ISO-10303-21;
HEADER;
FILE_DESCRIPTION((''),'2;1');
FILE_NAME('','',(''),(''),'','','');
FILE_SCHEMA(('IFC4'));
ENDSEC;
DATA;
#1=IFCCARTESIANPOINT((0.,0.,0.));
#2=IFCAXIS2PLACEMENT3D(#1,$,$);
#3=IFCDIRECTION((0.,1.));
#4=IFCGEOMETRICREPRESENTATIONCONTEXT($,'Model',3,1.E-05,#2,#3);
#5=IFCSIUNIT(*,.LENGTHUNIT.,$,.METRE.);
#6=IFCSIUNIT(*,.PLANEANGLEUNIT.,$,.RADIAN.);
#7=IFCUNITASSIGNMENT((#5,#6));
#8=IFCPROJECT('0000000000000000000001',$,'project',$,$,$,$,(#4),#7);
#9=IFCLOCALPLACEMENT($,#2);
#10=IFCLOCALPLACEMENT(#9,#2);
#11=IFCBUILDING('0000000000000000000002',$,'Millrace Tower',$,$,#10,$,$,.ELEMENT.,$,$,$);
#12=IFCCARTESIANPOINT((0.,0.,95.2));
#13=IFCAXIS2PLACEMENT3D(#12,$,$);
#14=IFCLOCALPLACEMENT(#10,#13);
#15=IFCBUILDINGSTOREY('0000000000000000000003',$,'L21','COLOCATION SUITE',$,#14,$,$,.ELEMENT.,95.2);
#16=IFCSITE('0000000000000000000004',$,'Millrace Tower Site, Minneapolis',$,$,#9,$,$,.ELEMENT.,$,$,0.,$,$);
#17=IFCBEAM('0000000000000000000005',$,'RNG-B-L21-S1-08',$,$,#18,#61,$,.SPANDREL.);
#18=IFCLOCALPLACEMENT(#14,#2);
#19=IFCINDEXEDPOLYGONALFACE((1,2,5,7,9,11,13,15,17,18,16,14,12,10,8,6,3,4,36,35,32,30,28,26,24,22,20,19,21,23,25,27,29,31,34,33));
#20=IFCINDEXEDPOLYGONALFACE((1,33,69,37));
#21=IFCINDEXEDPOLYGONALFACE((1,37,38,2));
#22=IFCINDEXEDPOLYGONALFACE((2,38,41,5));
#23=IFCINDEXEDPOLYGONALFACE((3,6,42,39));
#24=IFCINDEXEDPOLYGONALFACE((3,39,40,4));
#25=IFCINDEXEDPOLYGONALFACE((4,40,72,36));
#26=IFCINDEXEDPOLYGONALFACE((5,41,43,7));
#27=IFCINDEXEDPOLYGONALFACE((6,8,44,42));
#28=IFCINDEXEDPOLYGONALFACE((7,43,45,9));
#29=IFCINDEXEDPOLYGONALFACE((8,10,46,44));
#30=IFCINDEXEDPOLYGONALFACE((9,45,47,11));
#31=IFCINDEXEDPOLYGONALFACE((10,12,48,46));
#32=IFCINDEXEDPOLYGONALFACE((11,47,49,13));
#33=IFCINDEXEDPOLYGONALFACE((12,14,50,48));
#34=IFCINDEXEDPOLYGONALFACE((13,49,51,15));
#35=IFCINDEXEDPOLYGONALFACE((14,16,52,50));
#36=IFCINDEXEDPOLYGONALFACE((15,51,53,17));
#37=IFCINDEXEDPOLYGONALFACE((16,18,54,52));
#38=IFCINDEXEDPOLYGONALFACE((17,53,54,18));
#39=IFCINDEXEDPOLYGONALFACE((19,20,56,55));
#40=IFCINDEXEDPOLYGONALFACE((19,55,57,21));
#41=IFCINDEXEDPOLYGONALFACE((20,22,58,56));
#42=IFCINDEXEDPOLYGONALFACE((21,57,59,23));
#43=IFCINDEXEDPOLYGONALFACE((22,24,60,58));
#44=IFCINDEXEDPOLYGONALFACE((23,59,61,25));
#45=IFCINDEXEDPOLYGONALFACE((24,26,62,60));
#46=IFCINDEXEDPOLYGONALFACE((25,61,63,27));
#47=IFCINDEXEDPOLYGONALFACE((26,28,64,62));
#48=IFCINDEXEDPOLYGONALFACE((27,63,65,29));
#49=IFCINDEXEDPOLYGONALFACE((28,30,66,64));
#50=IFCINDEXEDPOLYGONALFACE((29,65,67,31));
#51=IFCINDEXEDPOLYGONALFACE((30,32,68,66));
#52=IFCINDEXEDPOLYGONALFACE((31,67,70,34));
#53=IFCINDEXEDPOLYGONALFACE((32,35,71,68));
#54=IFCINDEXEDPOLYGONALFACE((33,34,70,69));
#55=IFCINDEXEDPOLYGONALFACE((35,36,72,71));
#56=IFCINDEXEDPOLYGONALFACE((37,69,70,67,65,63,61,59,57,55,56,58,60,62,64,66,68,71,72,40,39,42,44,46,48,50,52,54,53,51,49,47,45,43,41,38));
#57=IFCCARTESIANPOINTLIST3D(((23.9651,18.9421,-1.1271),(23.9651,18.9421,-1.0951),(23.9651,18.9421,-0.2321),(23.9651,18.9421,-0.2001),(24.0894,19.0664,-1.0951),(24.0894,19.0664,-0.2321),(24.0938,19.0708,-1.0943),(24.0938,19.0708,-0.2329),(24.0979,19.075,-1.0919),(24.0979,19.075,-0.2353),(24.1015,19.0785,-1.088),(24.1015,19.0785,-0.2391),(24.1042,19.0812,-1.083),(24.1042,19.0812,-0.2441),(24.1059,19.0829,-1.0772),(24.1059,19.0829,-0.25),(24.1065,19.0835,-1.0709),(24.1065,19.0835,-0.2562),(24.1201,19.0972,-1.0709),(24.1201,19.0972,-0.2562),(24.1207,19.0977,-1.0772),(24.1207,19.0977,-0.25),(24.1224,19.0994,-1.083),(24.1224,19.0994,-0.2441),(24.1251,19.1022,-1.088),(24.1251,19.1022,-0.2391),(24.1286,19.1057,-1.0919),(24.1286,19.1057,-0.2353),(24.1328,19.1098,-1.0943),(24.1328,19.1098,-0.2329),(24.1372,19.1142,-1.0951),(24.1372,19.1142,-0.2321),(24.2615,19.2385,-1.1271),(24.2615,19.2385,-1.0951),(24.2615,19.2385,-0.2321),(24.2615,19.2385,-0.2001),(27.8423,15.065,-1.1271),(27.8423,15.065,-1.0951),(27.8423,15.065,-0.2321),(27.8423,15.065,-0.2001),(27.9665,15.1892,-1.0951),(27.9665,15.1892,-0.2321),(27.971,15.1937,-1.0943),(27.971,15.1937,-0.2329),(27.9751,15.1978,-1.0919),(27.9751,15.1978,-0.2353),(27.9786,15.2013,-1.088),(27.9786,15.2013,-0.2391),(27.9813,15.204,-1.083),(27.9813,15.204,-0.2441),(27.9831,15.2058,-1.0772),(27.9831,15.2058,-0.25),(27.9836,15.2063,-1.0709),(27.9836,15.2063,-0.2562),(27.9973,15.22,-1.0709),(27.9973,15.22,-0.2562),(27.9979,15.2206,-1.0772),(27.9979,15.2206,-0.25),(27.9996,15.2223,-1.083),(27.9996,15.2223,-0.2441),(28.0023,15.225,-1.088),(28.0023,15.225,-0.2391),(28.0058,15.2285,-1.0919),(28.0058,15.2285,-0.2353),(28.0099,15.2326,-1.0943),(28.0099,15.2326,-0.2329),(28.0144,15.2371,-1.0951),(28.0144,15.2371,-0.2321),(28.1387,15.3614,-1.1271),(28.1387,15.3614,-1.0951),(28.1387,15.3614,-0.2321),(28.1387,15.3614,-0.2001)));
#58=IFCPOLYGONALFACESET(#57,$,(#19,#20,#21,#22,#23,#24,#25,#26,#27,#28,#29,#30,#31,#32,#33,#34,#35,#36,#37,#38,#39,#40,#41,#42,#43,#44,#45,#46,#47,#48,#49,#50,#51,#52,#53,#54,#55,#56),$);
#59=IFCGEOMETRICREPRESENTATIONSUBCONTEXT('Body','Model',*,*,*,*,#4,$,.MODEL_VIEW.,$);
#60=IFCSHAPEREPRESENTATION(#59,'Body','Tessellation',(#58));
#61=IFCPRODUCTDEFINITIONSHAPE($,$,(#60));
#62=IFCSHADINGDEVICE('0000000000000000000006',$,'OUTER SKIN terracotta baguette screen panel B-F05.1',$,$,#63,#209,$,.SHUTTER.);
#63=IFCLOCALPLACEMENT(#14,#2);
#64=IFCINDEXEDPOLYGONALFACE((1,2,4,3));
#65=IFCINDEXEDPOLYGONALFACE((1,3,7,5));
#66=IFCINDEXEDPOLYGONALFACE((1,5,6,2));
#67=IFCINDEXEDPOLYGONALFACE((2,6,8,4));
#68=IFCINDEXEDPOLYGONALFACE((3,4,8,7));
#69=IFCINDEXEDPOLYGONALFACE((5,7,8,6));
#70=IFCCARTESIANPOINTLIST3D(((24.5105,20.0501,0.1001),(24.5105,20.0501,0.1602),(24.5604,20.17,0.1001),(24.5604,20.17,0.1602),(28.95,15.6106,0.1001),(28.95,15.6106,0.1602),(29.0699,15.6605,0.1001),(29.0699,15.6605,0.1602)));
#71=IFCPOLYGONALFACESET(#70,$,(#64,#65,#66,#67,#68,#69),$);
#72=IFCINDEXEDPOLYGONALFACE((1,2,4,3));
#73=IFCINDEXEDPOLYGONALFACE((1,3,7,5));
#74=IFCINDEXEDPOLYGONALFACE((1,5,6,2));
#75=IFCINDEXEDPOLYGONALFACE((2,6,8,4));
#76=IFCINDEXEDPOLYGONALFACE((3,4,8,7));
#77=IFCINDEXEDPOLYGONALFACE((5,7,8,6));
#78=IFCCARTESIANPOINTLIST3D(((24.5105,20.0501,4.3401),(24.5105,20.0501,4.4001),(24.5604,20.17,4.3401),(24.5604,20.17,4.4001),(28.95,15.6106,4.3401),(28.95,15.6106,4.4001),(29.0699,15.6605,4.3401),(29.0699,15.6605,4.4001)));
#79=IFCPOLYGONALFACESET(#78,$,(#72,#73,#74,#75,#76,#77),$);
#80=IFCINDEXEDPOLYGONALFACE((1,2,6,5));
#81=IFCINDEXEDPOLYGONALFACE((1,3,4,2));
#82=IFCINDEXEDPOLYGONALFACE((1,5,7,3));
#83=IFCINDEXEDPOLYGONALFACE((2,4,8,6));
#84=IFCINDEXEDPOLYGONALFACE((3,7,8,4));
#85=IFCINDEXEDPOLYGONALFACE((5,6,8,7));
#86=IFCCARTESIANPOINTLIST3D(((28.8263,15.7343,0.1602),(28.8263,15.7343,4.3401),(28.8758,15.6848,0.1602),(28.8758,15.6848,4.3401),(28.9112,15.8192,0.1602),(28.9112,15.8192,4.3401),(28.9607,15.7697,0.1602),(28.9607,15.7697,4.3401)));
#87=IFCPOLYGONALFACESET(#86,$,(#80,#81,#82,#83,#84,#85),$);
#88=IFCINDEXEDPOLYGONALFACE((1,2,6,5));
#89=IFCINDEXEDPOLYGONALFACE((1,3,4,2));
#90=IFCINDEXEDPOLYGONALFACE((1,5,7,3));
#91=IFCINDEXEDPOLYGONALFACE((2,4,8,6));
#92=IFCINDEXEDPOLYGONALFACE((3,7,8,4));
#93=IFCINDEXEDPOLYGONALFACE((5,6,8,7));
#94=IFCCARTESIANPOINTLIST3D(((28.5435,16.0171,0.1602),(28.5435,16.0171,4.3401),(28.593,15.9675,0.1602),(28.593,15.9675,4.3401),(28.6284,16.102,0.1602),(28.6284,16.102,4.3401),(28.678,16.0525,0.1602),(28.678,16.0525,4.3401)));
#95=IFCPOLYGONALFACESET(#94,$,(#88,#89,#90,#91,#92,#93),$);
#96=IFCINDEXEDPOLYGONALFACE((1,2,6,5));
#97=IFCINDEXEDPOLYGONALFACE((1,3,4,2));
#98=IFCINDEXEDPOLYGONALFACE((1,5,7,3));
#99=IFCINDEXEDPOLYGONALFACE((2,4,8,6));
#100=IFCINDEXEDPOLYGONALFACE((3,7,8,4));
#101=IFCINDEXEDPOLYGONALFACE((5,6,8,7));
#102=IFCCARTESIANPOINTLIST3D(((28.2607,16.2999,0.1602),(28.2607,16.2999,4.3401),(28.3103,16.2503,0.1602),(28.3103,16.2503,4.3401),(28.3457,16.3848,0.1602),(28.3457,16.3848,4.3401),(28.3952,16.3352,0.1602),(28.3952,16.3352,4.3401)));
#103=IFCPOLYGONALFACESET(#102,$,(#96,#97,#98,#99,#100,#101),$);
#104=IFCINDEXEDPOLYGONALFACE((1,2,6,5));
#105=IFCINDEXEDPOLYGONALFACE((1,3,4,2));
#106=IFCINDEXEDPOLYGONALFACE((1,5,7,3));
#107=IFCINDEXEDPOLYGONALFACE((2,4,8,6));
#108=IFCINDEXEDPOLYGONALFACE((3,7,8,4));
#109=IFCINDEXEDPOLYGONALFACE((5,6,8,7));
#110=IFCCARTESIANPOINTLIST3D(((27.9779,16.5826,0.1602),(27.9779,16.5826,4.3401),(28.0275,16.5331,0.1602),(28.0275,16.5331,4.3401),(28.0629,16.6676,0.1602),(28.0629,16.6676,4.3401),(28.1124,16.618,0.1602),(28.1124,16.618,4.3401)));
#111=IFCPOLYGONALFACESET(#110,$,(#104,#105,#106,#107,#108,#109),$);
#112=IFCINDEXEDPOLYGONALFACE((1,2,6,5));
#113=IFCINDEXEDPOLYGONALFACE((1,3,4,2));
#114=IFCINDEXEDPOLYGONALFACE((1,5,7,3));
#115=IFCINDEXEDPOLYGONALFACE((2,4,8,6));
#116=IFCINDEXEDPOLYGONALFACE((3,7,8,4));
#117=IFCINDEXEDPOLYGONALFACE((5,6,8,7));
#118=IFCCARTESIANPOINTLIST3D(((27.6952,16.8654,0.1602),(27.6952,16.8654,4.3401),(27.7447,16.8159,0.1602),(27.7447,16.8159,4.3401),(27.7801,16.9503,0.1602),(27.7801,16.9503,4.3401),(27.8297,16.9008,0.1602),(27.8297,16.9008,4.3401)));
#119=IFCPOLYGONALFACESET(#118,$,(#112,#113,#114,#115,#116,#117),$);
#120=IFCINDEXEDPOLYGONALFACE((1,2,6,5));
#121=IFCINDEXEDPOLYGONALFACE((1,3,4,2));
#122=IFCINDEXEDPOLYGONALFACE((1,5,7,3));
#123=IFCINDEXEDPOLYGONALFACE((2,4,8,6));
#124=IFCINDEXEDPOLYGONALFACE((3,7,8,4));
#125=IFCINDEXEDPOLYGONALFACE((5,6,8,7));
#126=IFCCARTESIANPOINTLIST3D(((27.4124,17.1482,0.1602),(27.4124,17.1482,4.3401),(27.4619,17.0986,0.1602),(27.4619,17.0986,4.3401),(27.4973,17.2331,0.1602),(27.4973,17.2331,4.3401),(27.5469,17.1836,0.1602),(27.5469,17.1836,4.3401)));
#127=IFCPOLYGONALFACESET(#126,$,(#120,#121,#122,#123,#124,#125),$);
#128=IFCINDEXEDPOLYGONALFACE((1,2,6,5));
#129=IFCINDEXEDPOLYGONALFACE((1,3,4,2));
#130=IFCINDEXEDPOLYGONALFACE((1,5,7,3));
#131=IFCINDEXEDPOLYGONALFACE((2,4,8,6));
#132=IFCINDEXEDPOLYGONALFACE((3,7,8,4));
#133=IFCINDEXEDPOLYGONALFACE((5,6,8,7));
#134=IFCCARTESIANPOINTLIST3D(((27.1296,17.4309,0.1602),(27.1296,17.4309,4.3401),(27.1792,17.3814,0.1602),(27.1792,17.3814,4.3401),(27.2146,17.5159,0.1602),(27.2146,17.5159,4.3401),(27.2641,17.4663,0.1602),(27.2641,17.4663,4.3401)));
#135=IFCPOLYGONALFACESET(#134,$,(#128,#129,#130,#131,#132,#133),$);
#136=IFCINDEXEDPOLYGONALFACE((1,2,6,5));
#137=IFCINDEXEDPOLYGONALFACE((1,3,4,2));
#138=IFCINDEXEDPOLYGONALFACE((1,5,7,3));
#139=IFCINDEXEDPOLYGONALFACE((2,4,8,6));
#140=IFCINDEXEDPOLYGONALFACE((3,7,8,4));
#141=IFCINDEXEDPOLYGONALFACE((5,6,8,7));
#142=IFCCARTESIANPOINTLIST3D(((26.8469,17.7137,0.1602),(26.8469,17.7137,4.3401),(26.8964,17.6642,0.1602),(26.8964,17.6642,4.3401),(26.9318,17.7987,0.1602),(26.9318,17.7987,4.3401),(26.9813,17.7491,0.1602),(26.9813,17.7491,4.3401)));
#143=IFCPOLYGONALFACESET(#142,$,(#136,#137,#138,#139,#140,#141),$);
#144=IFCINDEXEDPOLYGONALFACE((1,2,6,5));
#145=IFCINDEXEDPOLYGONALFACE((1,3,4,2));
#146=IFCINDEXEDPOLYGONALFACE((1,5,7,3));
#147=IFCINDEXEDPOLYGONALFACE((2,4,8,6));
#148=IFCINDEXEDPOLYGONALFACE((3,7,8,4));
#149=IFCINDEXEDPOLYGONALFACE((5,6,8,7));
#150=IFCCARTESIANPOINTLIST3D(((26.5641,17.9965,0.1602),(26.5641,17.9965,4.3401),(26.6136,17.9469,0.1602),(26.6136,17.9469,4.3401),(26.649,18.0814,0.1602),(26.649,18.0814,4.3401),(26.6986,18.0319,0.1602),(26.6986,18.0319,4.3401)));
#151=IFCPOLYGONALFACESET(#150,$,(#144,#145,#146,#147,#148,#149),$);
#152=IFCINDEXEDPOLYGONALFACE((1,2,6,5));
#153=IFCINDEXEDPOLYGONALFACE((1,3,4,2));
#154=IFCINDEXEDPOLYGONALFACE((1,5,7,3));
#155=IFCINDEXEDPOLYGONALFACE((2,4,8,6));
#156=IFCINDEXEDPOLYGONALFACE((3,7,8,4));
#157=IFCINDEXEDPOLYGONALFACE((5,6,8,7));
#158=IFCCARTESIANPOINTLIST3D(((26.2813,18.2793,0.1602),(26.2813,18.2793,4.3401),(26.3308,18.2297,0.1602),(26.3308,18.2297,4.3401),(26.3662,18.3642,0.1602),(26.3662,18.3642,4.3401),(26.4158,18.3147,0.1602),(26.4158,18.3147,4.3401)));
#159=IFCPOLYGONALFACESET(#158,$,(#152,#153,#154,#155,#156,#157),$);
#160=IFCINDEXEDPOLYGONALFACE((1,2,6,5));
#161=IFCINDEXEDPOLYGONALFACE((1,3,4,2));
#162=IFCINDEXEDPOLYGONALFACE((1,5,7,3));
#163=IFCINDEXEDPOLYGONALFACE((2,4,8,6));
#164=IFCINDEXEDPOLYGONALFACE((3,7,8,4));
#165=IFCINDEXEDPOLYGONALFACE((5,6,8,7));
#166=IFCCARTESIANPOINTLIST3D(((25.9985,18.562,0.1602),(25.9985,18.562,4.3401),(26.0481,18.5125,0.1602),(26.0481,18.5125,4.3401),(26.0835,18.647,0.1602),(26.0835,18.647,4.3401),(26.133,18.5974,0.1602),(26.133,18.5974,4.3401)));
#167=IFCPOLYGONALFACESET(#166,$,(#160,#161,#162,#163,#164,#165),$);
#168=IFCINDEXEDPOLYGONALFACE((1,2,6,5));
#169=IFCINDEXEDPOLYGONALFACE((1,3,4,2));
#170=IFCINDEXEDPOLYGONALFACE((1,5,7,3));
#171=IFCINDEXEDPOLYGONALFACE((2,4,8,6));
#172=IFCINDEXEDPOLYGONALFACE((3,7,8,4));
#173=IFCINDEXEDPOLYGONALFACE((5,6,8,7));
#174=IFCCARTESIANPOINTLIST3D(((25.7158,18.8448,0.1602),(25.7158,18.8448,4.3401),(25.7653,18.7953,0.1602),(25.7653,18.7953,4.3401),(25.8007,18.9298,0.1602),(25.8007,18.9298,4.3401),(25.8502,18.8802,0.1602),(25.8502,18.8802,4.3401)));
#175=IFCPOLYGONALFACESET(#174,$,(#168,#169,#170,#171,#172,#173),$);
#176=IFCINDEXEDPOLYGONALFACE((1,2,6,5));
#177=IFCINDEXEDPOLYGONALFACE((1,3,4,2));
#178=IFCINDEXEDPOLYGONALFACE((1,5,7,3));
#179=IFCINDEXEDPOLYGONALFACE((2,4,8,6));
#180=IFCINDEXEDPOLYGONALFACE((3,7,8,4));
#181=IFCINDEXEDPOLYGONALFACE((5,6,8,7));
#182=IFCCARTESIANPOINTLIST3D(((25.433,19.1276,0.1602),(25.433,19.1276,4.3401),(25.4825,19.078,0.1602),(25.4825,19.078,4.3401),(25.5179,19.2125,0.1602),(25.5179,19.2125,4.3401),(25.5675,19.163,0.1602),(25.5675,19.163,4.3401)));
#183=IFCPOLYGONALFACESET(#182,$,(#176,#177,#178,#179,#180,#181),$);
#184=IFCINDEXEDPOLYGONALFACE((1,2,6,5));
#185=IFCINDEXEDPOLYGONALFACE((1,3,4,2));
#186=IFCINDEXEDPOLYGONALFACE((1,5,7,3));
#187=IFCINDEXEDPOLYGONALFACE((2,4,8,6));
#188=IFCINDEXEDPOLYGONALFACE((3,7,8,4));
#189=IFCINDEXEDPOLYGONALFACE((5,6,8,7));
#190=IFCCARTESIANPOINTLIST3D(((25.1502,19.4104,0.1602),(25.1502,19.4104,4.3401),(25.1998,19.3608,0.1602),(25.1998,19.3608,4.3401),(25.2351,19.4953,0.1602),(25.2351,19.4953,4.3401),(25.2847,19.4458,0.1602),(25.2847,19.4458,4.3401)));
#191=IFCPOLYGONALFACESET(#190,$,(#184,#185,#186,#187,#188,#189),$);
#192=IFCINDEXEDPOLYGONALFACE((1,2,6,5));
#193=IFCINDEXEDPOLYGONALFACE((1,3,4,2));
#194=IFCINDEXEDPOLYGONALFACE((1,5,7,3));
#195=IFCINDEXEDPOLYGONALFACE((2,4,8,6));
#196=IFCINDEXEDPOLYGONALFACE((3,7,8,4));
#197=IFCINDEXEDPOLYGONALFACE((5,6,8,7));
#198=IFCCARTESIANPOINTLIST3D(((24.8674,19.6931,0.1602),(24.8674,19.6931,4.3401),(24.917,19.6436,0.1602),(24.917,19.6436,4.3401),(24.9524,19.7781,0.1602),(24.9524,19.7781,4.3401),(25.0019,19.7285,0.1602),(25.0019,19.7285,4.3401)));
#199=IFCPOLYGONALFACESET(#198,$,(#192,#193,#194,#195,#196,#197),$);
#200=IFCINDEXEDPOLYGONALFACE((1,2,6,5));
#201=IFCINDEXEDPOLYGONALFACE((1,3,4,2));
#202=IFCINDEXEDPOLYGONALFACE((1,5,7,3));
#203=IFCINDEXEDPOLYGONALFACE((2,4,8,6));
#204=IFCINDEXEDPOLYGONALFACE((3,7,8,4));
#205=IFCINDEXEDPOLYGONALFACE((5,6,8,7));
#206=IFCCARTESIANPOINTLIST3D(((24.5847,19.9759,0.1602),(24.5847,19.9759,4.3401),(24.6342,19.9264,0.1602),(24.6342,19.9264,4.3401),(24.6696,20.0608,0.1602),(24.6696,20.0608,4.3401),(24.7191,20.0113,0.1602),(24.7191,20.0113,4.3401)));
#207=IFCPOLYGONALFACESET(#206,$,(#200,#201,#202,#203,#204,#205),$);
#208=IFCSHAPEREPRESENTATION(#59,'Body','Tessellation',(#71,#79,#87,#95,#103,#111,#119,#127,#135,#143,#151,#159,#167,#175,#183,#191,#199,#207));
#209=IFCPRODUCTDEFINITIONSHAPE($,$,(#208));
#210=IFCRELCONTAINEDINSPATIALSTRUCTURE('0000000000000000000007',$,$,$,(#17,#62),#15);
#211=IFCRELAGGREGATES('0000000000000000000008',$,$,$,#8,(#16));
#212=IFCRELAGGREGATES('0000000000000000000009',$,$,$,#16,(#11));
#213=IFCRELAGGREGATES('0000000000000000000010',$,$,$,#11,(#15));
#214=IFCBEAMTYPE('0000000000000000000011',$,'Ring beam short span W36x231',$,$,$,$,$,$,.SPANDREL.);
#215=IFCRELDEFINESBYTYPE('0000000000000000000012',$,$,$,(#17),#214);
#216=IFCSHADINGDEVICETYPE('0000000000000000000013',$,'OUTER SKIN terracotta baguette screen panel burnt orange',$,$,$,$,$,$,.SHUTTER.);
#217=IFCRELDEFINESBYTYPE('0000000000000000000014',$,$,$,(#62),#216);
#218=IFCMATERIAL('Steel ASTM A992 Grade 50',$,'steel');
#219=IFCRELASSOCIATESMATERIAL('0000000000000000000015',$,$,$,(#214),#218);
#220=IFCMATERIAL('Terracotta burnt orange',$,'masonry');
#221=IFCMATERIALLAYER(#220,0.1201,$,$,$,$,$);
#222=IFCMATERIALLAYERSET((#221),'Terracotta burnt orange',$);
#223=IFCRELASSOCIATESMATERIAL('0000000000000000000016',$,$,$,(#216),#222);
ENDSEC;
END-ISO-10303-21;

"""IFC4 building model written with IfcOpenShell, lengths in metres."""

from ifc_helpers import new_model, entity, si_unit, direction, frame, frame_2d, origin, origin_2d, place, context, subcontext, project, spatial, rectangle, i_section, extrude, source, transform, mapped, material, layer, layer_set, material_profile, profile_set, type_object, element, save


model = new_model("IFC4")

# Units and contexts
model_context = context("Model", 3, precision=1e-05, world=origin(), true_north=direction((0.0, 1.0)))
body_context = subcontext(model_context, "Body", "Model", "MODEL_VIEW")
ifc_project = project(units=[si_unit("LENGTHUNIT", "METRE"), si_unit("PLANEANGLEUNIT", "RADIAN")], contexts=[model_context])

# Site, building, storey
site_placement = place(None, origin())
site = spatial("IfcSite", under=ifc_project, at=site_placement, Name="Millrace Tower Site, Minneapolis", CompositionType="ELEMENT", RefElevation=0.0)
building_placement = place(site_placement, origin())
building = spatial("IfcBuilding", under=site, at=building_placement, Name="Millrace Tower", CompositionType="ELEMENT")
storey_placement = place(building_placement, frame((0.0, 0.0, 95.2)))
storey = spatial("IfcBuildingStorey", under=building, at=storey_placement, Name="L21", Description="COLOCATION SUITE", CompositionType="ELEMENT", Elevation=95.2)

# Beam
ifc_material_1 = material(Name="Steel ASTM A992 Grade 50", Category="steel")
ifc_material_profile_1 = material_profile(ifc_material_1, i_section(OverallWidth=0.4192, OverallDepth=0.927, WebThickness=0.0193, FlangeThickness=0.032, FilletRadius=0.0242, at=origin_2d()))
ifc_profile_set_1 = profile_set([ifc_material_profile_1], Name="Steel ASTM A992 Grade 50")
beam_type_1 = type_object("IfcBeamType", Name="Ring beam short span W36x231", PredefinedType="SPANDREL", material=ifc_profile_set_1)
beam_1_placement = place(storey_placement, frame((24.1133, 19.0903, -0.6636), z_axis=(0.707107, -0.707107, 0.0), x_axis=(0.707107, 0.707107, 0.0)))
element("IfcBeam", 1, at=beam_1_placement, inside=storey, type_object=beam_type_1, Name="RNG-B-L21-S1-08", PredefinedType="SPANDREL", context=body_context, shape_type="SweptSolid", body=[
    extrude(i_section(OverallWidth=0.4192, OverallDepth=0.927, WebThickness=0.0193, FlangeThickness=0.032, FilletRadius=0.0242, at=origin_2d()), origin(), (0.0, 0.0, 1.0), 5.4832),
])

# Shading device
ifc_material_2 = material(Name="Terracotta burnt orange", Category="masonry")
ifc_layer_1 = layer(ifc_material_2, 0.1201)
ifc_layer_set_1 = layer_set([ifc_layer_1], Name="Terracotta burnt orange")
shading_device_type = type_object("IfcShadingDeviceType", Name="OUTER SKIN terracotta baguette screen panel burnt orange", PredefinedType="SHUTTER", material=ifc_layer_set_1)
cartesian_point_1 = entity("IfcCartesianPoint", [-3.1392, 0.0601])
shared_polyline_1 = entity("IfcPolyline", [cartesian_point_1, entity("IfcCartesianPoint", [3.1392, 0.0601]), entity("IfcCartesianPoint", [3.1887, -0.0601]), entity("IfcCartesianPoint", [-3.1887, -0.0601]), cartesian_point_1])
shared_shape_1 = source(origin(), body_context, "Body", "SweptSolid", [
    entity("IfcExtrudedAreaSolid", entity("IfcArbitraryClosedProfileDef", "AREA", None, shared_polyline_1), entity("IfcAxis2Placement3D", entity("IfcCartesianPoint", [0.0, 0.0, 0.0])), entity("IfcDirection", [0.0, 0.0, 1.0]), 0.0601),
    entity("IfcExtrudedAreaSolid", entity("IfcArbitraryClosedProfileDef", "AREA", None, shared_polyline_1), entity("IfcAxis2Placement3D", entity("IfcCartesianPoint", [0.0, 0.0, 4.24])), entity("IfcDirection", [0.0, 0.0, 1.0]), 0.0601),
    extrude(rectangle(XDim=0.0701, YDim=0.1201, at=frame_2d((-2.9993, 0.0))), frame((0.0, 0.0, 0.0601)), (0.0, 0.0, 1.0), 4.1799),
    extrude(rectangle(XDim=0.0701, YDim=0.1201, at=frame_2d((-2.5994, 0.0))), frame((0.0, 0.0, 0.0601)), (0.0, 0.0, 1.0), 4.1799),
    extrude(rectangle(XDim=0.0701, YDim=0.1201, at=frame_2d((-2.1995, 0.0))), frame((0.0, 0.0, 0.0601)), (0.0, 0.0, 1.0), 4.1799),
    extrude(rectangle(XDim=0.0701, YDim=0.1201, at=frame_2d((-1.7996, 0.0))), frame((0.0, 0.0, 0.0601)), (0.0, 0.0, 1.0), 4.1799),
    extrude(rectangle(XDim=0.0701, YDim=0.1201, at=frame_2d((-1.3997, 0.0))), frame((0.0, 0.0, 0.0601)), (0.0, 0.0, 1.0), 4.1799),
    extrude(rectangle(XDim=0.0701, YDim=0.1201, at=frame_2d((-0.9998, 0.0))), frame((0.0, 0.0, 0.0601)), (0.0, 0.0, 1.0), 4.1799),
    extrude(rectangle(XDim=0.0701, YDim=0.1201, at=frame_2d((-0.5999, 0.0))), frame((0.0, 0.0, 0.0601)), (0.0, 0.0, 1.0), 4.1799),
    extrude(rectangle(XDim=0.0701, YDim=0.1201, at=frame_2d((-0.2, 0.0))), frame((0.0, 0.0, 0.0601)), (0.0, 0.0, 1.0), 4.1799),
    extrude(rectangle(XDim=0.0701, YDim=0.1201, at=frame_2d((0.2, 0.0))), frame((0.0, 0.0, 0.0601)), (0.0, 0.0, 1.0), 4.1799),
    extrude(rectangle(XDim=0.0701, YDim=0.1201, at=frame_2d((0.5999, 0.0))), frame((0.0, 0.0, 0.0601)), (0.0, 0.0, 1.0), 4.1799),
    extrude(rectangle(XDim=0.0701, YDim=0.1201, at=frame_2d((0.9998, 0.0))), frame((0.0, 0.0, 0.0601)), (0.0, 0.0, 1.0), 4.1799),
    extrude(rectangle(XDim=0.0701, YDim=0.1201, at=frame_2d((1.3997, 0.0))), frame((0.0, 0.0, 0.0601)), (0.0, 0.0, 1.0), 4.1799),
    extrude(rectangle(XDim=0.0701, YDim=0.1201, at=frame_2d((1.7996, 0.0))), frame((0.0, 0.0, 0.0601)), (0.0, 0.0, 1.0), 4.1799),
    extrude(rectangle(XDim=0.0701, YDim=0.1201, at=frame_2d((2.1995, 0.0))), frame((0.0, 0.0, 0.0601)), (0.0, 0.0, 1.0), 4.1799),
    extrude(rectangle(XDim=0.0701, YDim=0.1201, at=frame_2d((2.5994, 0.0))), frame((0.0, 0.0, 0.0601)), (0.0, 0.0, 1.0), 4.1799),
    extrude(rectangle(XDim=0.0701, YDim=0.1201, at=frame_2d((2.9993, 0.0))), frame((0.0, 0.0, 0.0601)), (0.0, 0.0, 1.0), 4.1799),
])
shading_device_1_placement = place(storey_placement, frame((26.7727, 17.8728, 0.1001), z_axis=(0.0, 0.0, 1.0), x_axis=(-0.707107, 0.707107, 0.0)))
element("IfcShadingDevice", 2, at=shading_device_1_placement, inside=storey, type_object=shading_device_type, Name="OUTER SKIN terracotta baguette screen panel B-F05.1", PredefinedType="SHUTTER", context=body_context, shape_type="MappedRepresentation", body=[
    mapped(shared_shape_1, transform((0.0, 0.0, 0.0), scale=1.0)),
])

save(model, "model.ifc")
